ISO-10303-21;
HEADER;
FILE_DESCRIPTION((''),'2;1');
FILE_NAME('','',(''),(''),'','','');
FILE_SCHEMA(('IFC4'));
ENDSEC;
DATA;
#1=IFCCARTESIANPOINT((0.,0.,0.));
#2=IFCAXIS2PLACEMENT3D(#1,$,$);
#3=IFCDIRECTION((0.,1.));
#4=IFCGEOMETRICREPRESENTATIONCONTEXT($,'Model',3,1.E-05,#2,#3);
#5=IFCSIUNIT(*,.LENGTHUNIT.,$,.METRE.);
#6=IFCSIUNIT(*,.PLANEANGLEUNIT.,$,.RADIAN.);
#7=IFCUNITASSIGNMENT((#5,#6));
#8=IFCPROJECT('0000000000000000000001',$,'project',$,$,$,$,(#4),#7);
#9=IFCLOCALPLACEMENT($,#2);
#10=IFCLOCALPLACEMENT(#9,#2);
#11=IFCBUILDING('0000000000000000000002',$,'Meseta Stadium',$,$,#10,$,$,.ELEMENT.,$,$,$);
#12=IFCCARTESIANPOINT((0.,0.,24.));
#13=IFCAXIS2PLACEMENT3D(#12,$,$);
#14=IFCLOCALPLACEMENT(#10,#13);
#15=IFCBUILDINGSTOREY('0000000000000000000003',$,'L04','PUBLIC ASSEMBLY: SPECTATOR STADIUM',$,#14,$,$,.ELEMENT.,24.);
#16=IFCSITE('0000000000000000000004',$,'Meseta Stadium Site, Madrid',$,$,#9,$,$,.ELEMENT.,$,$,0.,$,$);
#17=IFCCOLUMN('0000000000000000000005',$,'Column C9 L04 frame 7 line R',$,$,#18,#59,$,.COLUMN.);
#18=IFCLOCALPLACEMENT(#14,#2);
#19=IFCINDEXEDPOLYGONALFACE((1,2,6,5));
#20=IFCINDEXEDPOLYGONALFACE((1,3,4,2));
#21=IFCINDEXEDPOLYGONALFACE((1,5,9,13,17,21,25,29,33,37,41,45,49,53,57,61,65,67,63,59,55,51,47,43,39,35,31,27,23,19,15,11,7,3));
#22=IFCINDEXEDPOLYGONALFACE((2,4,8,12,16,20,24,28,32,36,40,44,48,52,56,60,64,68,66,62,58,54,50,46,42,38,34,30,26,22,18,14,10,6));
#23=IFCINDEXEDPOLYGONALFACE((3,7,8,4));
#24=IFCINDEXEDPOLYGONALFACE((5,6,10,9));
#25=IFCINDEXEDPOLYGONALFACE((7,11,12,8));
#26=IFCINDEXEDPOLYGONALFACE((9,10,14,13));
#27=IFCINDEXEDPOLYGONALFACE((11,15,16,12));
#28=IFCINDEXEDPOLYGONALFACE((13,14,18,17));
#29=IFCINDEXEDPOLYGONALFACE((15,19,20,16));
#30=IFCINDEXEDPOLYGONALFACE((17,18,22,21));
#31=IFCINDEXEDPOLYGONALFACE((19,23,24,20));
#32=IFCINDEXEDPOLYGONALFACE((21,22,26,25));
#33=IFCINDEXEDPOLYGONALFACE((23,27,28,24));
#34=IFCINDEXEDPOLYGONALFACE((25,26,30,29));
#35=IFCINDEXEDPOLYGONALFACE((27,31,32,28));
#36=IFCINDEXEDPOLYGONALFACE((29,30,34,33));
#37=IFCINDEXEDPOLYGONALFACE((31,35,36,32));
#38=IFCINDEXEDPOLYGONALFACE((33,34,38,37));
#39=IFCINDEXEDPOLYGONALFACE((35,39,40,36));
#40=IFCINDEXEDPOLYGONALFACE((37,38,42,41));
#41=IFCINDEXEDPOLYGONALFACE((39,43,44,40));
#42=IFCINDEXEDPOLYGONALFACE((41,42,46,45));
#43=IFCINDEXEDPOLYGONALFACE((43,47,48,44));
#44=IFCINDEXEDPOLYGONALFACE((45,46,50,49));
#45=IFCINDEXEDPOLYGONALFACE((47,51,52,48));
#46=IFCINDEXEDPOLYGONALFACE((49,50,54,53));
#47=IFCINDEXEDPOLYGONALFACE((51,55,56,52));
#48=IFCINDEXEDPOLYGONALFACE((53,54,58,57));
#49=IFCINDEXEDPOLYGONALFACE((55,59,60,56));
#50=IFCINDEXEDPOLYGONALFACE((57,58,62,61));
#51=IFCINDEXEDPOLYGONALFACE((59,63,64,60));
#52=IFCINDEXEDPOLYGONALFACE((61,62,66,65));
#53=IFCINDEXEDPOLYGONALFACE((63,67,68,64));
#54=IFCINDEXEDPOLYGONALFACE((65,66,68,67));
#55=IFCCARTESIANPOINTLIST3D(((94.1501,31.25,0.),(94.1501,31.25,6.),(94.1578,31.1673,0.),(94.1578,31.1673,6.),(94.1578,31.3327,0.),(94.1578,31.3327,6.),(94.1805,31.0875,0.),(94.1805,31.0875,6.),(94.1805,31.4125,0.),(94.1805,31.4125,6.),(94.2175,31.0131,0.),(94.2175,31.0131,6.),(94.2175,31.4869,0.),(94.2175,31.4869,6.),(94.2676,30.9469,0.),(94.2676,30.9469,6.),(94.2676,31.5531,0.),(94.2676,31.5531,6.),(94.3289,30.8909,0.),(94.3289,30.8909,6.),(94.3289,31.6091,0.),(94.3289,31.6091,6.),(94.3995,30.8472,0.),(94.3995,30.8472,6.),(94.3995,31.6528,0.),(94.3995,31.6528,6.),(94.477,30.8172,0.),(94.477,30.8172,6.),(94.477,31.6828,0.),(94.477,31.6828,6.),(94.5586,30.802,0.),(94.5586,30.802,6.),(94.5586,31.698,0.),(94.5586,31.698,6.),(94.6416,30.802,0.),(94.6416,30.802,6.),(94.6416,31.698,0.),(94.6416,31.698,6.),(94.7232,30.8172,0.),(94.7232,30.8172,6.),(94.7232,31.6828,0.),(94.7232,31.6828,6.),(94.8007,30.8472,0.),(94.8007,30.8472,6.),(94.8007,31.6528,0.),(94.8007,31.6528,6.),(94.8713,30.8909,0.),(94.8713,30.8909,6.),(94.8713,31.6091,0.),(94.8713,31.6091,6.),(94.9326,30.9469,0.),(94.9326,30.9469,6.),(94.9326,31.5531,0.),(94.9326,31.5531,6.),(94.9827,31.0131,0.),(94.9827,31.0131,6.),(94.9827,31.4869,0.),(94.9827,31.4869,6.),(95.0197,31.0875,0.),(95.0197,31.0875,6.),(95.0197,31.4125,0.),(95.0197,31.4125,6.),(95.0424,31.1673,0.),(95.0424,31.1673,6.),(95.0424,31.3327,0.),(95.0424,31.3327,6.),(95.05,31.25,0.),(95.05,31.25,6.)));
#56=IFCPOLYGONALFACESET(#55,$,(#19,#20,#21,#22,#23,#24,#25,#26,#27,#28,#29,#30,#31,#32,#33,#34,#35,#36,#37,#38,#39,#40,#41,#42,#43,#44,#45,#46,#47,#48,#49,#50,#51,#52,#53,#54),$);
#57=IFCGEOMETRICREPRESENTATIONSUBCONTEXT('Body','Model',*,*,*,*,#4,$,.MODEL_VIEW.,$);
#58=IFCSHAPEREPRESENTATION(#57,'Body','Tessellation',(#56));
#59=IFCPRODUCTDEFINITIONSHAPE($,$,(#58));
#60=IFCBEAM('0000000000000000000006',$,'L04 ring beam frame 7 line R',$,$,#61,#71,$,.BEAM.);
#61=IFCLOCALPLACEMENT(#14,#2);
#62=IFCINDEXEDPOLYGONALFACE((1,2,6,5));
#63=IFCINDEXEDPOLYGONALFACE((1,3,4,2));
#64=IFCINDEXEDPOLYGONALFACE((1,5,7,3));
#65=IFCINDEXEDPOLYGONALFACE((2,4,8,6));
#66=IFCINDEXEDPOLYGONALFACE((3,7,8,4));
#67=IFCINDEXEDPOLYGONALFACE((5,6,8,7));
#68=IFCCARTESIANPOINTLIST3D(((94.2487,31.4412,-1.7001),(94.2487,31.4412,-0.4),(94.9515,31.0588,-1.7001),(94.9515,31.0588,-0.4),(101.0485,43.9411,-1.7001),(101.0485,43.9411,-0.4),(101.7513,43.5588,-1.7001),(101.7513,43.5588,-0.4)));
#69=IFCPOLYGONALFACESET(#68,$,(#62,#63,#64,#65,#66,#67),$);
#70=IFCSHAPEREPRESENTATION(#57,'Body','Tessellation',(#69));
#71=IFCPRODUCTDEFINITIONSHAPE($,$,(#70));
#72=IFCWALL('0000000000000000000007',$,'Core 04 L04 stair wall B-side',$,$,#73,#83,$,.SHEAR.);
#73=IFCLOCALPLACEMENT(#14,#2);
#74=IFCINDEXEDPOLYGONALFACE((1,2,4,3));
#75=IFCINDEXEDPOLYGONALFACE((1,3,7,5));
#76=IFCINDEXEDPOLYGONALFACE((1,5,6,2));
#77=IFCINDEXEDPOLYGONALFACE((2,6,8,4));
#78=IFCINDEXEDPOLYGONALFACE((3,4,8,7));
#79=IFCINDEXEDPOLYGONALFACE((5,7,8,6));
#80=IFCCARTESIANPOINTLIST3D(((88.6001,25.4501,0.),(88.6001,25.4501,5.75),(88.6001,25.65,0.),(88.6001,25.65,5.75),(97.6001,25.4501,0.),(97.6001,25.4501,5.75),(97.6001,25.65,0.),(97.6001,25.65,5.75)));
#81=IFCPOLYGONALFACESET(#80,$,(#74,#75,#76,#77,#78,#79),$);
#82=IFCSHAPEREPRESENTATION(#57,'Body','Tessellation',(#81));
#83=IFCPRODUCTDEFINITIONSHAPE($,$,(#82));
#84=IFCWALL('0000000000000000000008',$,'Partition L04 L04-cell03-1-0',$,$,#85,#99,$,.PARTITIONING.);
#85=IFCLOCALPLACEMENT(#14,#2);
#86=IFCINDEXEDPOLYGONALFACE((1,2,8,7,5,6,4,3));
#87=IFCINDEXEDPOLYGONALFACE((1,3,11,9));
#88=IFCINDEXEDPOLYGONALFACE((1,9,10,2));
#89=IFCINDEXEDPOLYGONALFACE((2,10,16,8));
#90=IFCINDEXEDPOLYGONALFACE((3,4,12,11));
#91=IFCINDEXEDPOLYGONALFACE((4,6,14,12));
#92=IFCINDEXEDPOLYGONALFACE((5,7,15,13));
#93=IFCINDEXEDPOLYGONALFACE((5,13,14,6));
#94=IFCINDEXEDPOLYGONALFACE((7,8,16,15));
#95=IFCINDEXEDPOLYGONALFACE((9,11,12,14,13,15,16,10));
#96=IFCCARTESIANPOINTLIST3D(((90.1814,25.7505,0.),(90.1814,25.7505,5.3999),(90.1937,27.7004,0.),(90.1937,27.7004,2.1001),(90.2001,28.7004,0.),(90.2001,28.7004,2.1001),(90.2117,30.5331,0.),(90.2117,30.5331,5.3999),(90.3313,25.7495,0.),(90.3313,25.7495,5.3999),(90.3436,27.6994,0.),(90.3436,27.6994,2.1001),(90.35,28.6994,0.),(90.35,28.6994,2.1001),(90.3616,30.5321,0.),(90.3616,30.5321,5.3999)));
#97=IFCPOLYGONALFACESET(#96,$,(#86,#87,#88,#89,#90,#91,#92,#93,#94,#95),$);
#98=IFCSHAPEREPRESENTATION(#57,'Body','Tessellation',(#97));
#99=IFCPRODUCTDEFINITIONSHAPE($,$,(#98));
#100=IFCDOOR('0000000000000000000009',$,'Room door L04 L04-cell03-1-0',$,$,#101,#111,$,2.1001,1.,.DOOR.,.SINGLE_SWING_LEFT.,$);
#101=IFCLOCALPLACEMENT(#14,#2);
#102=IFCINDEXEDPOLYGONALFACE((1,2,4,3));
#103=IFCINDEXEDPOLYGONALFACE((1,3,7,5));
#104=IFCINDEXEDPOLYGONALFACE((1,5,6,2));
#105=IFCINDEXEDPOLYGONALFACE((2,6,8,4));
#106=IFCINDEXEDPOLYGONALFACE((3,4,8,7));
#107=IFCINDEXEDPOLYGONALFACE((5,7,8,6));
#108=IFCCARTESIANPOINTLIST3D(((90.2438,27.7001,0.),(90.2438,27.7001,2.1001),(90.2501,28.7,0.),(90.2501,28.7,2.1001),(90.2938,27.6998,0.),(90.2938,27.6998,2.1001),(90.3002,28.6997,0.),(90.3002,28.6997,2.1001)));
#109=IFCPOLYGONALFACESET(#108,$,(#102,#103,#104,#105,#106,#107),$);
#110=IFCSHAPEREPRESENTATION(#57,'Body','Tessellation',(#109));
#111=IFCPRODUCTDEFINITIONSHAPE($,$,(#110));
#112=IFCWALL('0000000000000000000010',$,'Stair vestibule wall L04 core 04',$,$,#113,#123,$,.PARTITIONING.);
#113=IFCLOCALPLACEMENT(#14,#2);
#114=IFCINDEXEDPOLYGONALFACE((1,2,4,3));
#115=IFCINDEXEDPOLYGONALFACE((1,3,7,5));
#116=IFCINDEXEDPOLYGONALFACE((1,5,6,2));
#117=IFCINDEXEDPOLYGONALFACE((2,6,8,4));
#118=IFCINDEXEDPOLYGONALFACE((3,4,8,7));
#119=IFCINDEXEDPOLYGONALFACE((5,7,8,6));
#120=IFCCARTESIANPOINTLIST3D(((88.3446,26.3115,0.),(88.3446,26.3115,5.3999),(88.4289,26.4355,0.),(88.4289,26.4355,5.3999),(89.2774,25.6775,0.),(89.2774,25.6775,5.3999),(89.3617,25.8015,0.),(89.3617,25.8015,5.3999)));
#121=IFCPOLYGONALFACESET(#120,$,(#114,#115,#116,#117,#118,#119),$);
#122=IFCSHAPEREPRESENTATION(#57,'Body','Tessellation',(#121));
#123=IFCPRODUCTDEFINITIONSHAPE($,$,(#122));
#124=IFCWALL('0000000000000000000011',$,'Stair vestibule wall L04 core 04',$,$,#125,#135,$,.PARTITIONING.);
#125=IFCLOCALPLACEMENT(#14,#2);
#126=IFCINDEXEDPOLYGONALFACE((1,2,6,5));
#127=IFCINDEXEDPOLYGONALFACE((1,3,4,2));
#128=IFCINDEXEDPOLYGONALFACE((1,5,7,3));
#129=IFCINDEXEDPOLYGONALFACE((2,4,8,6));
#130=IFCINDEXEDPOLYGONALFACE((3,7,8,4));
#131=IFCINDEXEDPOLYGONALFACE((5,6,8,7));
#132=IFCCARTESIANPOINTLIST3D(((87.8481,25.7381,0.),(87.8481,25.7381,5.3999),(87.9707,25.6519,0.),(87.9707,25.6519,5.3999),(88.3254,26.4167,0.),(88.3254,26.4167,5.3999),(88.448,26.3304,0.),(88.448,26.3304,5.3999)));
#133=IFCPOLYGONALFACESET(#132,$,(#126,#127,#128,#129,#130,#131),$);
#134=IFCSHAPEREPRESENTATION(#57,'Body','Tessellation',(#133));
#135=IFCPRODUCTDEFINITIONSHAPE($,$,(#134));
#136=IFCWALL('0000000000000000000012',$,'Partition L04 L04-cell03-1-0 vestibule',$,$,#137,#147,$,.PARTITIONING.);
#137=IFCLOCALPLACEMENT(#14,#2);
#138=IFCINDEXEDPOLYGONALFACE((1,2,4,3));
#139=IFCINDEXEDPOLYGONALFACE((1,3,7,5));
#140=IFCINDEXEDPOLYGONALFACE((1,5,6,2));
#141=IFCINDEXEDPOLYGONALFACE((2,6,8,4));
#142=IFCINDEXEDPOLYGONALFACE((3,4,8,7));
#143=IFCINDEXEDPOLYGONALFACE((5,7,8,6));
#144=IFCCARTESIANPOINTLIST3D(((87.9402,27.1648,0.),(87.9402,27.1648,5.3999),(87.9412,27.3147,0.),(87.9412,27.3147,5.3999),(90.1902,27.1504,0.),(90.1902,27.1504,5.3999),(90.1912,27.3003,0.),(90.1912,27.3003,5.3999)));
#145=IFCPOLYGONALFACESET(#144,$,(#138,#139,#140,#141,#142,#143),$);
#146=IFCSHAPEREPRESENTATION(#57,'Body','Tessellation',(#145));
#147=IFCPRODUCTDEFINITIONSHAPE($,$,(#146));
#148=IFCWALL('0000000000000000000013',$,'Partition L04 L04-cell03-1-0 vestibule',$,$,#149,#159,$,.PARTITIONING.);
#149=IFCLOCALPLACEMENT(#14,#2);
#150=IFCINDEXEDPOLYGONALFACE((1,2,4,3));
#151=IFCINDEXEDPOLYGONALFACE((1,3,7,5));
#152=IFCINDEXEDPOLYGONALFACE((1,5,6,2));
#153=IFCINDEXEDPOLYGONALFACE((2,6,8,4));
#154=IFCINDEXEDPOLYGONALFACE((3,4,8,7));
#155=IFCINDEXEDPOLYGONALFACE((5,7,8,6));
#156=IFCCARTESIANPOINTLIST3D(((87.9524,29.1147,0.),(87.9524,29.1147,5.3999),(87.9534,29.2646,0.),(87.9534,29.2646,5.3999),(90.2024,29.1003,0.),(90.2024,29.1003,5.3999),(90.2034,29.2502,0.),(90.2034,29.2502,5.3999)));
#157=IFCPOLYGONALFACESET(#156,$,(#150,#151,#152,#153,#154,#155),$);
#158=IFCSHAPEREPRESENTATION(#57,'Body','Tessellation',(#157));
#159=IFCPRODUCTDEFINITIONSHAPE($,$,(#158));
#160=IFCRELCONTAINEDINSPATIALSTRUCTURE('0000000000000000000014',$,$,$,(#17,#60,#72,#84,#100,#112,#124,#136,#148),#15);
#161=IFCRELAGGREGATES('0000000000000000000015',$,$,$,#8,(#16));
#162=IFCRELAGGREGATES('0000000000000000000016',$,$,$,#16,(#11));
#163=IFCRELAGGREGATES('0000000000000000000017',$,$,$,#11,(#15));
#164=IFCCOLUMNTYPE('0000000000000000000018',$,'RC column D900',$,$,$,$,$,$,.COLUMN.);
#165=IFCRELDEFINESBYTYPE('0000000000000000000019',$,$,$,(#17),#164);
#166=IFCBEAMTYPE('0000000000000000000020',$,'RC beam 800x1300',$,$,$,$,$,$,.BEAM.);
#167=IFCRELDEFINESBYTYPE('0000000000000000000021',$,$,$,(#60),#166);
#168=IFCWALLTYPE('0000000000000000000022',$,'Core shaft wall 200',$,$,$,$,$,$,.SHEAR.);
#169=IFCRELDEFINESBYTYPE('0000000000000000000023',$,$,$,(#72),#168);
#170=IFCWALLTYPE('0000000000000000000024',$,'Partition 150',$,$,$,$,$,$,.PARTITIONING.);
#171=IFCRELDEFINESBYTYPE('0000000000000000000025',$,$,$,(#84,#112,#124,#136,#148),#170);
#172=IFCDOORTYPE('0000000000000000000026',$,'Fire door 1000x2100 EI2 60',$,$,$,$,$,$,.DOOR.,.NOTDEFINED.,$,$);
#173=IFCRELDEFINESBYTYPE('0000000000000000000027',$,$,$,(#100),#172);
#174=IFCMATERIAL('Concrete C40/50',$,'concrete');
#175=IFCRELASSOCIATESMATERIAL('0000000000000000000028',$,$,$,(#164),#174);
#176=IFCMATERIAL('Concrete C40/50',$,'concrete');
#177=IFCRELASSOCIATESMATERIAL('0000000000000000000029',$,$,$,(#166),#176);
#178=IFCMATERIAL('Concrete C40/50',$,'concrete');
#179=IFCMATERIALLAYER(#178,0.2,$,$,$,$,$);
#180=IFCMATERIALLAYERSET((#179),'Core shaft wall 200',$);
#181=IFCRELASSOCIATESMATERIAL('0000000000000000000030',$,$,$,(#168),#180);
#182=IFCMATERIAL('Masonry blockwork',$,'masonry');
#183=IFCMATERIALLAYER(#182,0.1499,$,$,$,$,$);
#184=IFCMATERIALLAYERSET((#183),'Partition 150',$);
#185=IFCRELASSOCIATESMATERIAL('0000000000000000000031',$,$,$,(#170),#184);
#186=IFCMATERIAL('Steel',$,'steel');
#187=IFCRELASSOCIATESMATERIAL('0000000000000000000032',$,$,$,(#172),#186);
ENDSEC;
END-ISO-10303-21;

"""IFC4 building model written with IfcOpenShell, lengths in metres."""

from ifc_helpers import new_model, si_unit, direction, frame, frame_2d, origin, origin_2d, place, context, subcontext, project, spatial, rectangle, circle, extrude, material, layer, layer_set, material_profile, profile_set, type_object, element, fill, save


model = new_model("IFC4")

# Units and contexts
model_context = context("Model", 3, precision=1e-05, world=origin(), true_north=direction((0.0, 1.0)))
body_context = subcontext(model_context, "Body", "Model", "MODEL_VIEW")
ifc_project = project(units=[si_unit("LENGTHUNIT", "METRE"), si_unit("PLANEANGLEUNIT", "RADIAN")], contexts=[model_context])

# Site, building, storey
site_placement = place(None, origin())
site = spatial("IfcSite", under=ifc_project, at=site_placement, Name="Meseta Stadium Site, Madrid", CompositionType="ELEMENT", RefElevation=0.0)
building_placement = place(site_placement, origin())
building = spatial("IfcBuilding", under=site, at=building_placement, Name="Meseta Stadium", CompositionType="ELEMENT")
storey_placement = place(building_placement, frame((0.0, 0.0, 24.0)))
storey = spatial("IfcBuildingStorey", under=building, at=storey_placement, Name="L04", Description="PUBLIC ASSEMBLY: SPECTATOR STADIUM", CompositionType="ELEMENT", Elevation=24.0)

# Column
ifc_material_1 = material(Name="Concrete C40/50", Category="concrete")
ifc_material_profile_1 = material_profile(ifc_material_1, circle(Radius=0.45, at=origin_2d()), Name="RC D900")
ifc_profile_set_1 = profile_set([ifc_material_profile_1], Name="Concrete C40/50")
column_type = type_object("IfcColumnType", Name="RC column D900", PredefinedType="COLUMN", material=ifc_profile_set_1)
column_placement = place(storey_placement, frame((94.6001, 31.25, 0.0), z_axis=(0.0, 0.0, 1.0), x_axis=(1.0, 0.0, 0.0)))
element("IfcColumn", 1, at=column_placement, inside=storey, type_object=column_type, Name="Column C9 L04 frame 7 line R", PredefinedType="COLUMN", context=body_context, shape_type="SweptSolid", body=[
    extrude(circle(Radius=0.45, at=origin_2d()), origin(), (0.0, 0.0, 1.0), 6.0),
])

# Beam
ifc_material_2 = material(Name="Concrete C40/50", Category="concrete")
ifc_material_profile_2 = material_profile(ifc_material_2, rectangle(XDim=0.8, YDim=1.3, at=origin_2d()), Name="RC 800x1300")
ifc_profile_set_2 = profile_set([ifc_material_profile_2], Name="Concrete C40/50")
beam_type = type_object("IfcBeamType", Name="RC beam 800x1300", PredefinedType="BEAM", material=ifc_profile_set_2)
beam_placement = place(storey_placement, frame((94.6001, 31.25, -1.05), z_axis=(0.477856, 0.878438, 0.0), x_axis=(-0.878438, 0.477856, 0.0)))
element("IfcBeam", 2, at=beam_placement, inside=storey, type_object=beam_type, Name="L04 ring beam frame 7 line R", PredefinedType="BEAM", context=body_context, shape_type="SweptSolid", body=[
    extrude(rectangle(XDim=0.8, YDim=1.3, at=origin_2d()), origin(), (0.0, 0.0, 1.0), 14.2297),
])

# Wall
ifc_material_3 = material(Name="Concrete C40/50", Category="concrete")
ifc_layer_1 = layer(ifc_material_3, 0.2)
ifc_layer_set_1 = layer_set([ifc_layer_1], Name="Core shaft wall 200")
wall_type_1 = type_object("IfcWallType", Name="Core shaft wall 200", PredefinedType="SHEAR", material=ifc_layer_set_1)
wall_1_placement = place(storey_placement, frame((97.6001, 25.55, 0.0), z_axis=(0.0, 0.0, 1.0), x_axis=(-1.0, 0.0, 0.0)))
element("IfcWall", 3, at=wall_1_placement, inside=storey, type_object=wall_type_1, Name="Core 04 L04 stair wall B-side", PredefinedType="SHEAR", context=body_context, shape_type="SweptSolid", body=[
    extrude(rectangle(XDim=9.0, YDim=0.2, at=frame_2d((4.5, 0.0))), origin(), (0.0, 0.0, 1.0), 5.75),
])

# Wall, opening, door
ifc_material_4 = material(Name="Masonry blockwork", Category="masonry")
ifc_layer_2 = layer(ifc_material_4, 0.1499)
ifc_layer_set_2 = layer_set([ifc_layer_2], Name="Partition 150")
wall_type_2 = type_object("IfcWallType", Name="Partition 150", PredefinedType="PARTITIONING", material=ifc_layer_set_2)
wall_2_placement = place(storey_placement, frame((90.2563, 25.75, 0.0), z_axis=(0.0, 0.0, 1.0), x_axis=(0.00633, 0.99998, 0.0)))
wall_2 = element("IfcWall", 4, at=wall_2_placement, inside=storey, type_object=wall_type_2, Name="Partition L04 L04-cell03-1-0", PredefinedType="PARTITIONING", context=body_context, shape_type="SweptSolid", body=[
    extrude(rectangle(XDim=4.7827, YDim=0.1499, at=frame_2d((2.3914, 0.0))), origin(), (0.0, 0.0, 1.0), 5.3999),
])
opening_1_placement = place(wall_2_placement, frame((1.95, 0.0, 0.0)))
opening_1 = element("IfcOpeningElement", 5, at=opening_1_placement, cuts=wall_2, PredefinedType="OPENING", context=body_context, shape_type="SweptSolid", body=[
    extrude(rectangle(XDim=1.0, YDim=2.1001, at=frame_2d((0.5, 1.05))), frame((0.0, 0.085, 0.0), z_axis=(0.0, -1.0, 0.0), x_axis=(1.0, 0.0, 0.0)), (0.0, 0.0, 1.0), 0.1699),
])
ifc_material_5 = material(Name="Steel", Category="steel")
door_type = type_object("IfcDoorType", Name="Fire door 1000x2100 EI2 60", OperationType="NOTDEFINED", PredefinedType="DOOR", material=ifc_material_5)
door_1_placement = place(opening_1_placement, origin())
door_1 = element("IfcDoor", 6, at=door_1_placement, inside=storey, type_object=door_type, Name="Room door L04 L04-cell03-1-0", OperationType="SINGLE_SWING_LEFT", OverallHeight=2.1001, OverallWidth=1.0, PredefinedType="DOOR", context=body_context, shape_type="SweptSolid", body=[
    extrude(rectangle(XDim=1.0, YDim=2.1001, at=frame_2d((0.5, 1.05))), frame((0.0, 0.0249, 0.0), z_axis=(0.0, -1.0, 0.0), x_axis=(1.0, 0.0, 0.0)), (0.0, 0.0, 1.0), 0.05),
])
fill(opening_1, door_1)

# Walls
wall_3_placement = place(storey_placement, frame((89.3196, 25.7395, 0.0), z_axis=(0.0, 0.0, 1.0), x_axis=(-0.827055, 0.562121, 0.0)))
element("IfcWall", 7, at=wall_3_placement, inside=storey, type_object=wall_type_2, Name="Stair vestibule wall L04 core 04", PredefinedType="PARTITIONING", context=body_context, shape_type="SweptSolid", body=[
    extrude(rectangle(XDim=1.1279, YDim=0.1499, at=frame_2d((0.564, 0.0))), origin(), (0.0, 0.0, 1.0), 5.3999),
])
wall_4_placement = place(storey_placement, frame((88.3867, 26.3735, 0.0), z_axis=(0.0, 0.0, 1.0), x_axis=(-0.575377, -0.817888, 0.0)))
element("IfcWall", 8, at=wall_4_placement, inside=storey, type_object=wall_type_2, Name="Stair vestibule wall L04 core 04", PredefinedType="PARTITIONING", context=body_context, shape_type="SweptSolid", body=[
    extrude(rectangle(XDim=0.8296, YDim=0.1499, at=frame_2d((0.4148, 0.0))), origin(), (0.0, 0.0, 1.0), 5.3999),
])
for number, where, z_axis, x_axis, name in (
    (9, (90.1907, 27.2253, 0.0), (0.0, 0.0, 1.0), (-0.99998, 0.006402, 0.0), "Partition L04 L04-cell03-1-0 vestibule"),
    (10, (90.2029, 29.1753, 0.0), (0.0, 0.0, 1.0), (-0.99998, 0.006402, 0.0), "Partition L04 L04-cell03-1-0 vestibule"),
):
    element("IfcWall", number, at=place(storey_placement, frame(where, z_axis=z_axis, x_axis=x_axis)), inside=storey, type_object=wall_type_2, Name=name, PredefinedType="PARTITIONING", context=body_context, shape_type="SweptSolid", body=[
        extrude(rectangle(XDim=2.25, YDim=0.1499, at=frame_2d((1.125, 0.0))), origin(), (0.0, 0.0, 1.0), 5.3999),
    ])

save(model, "model.ifc")
